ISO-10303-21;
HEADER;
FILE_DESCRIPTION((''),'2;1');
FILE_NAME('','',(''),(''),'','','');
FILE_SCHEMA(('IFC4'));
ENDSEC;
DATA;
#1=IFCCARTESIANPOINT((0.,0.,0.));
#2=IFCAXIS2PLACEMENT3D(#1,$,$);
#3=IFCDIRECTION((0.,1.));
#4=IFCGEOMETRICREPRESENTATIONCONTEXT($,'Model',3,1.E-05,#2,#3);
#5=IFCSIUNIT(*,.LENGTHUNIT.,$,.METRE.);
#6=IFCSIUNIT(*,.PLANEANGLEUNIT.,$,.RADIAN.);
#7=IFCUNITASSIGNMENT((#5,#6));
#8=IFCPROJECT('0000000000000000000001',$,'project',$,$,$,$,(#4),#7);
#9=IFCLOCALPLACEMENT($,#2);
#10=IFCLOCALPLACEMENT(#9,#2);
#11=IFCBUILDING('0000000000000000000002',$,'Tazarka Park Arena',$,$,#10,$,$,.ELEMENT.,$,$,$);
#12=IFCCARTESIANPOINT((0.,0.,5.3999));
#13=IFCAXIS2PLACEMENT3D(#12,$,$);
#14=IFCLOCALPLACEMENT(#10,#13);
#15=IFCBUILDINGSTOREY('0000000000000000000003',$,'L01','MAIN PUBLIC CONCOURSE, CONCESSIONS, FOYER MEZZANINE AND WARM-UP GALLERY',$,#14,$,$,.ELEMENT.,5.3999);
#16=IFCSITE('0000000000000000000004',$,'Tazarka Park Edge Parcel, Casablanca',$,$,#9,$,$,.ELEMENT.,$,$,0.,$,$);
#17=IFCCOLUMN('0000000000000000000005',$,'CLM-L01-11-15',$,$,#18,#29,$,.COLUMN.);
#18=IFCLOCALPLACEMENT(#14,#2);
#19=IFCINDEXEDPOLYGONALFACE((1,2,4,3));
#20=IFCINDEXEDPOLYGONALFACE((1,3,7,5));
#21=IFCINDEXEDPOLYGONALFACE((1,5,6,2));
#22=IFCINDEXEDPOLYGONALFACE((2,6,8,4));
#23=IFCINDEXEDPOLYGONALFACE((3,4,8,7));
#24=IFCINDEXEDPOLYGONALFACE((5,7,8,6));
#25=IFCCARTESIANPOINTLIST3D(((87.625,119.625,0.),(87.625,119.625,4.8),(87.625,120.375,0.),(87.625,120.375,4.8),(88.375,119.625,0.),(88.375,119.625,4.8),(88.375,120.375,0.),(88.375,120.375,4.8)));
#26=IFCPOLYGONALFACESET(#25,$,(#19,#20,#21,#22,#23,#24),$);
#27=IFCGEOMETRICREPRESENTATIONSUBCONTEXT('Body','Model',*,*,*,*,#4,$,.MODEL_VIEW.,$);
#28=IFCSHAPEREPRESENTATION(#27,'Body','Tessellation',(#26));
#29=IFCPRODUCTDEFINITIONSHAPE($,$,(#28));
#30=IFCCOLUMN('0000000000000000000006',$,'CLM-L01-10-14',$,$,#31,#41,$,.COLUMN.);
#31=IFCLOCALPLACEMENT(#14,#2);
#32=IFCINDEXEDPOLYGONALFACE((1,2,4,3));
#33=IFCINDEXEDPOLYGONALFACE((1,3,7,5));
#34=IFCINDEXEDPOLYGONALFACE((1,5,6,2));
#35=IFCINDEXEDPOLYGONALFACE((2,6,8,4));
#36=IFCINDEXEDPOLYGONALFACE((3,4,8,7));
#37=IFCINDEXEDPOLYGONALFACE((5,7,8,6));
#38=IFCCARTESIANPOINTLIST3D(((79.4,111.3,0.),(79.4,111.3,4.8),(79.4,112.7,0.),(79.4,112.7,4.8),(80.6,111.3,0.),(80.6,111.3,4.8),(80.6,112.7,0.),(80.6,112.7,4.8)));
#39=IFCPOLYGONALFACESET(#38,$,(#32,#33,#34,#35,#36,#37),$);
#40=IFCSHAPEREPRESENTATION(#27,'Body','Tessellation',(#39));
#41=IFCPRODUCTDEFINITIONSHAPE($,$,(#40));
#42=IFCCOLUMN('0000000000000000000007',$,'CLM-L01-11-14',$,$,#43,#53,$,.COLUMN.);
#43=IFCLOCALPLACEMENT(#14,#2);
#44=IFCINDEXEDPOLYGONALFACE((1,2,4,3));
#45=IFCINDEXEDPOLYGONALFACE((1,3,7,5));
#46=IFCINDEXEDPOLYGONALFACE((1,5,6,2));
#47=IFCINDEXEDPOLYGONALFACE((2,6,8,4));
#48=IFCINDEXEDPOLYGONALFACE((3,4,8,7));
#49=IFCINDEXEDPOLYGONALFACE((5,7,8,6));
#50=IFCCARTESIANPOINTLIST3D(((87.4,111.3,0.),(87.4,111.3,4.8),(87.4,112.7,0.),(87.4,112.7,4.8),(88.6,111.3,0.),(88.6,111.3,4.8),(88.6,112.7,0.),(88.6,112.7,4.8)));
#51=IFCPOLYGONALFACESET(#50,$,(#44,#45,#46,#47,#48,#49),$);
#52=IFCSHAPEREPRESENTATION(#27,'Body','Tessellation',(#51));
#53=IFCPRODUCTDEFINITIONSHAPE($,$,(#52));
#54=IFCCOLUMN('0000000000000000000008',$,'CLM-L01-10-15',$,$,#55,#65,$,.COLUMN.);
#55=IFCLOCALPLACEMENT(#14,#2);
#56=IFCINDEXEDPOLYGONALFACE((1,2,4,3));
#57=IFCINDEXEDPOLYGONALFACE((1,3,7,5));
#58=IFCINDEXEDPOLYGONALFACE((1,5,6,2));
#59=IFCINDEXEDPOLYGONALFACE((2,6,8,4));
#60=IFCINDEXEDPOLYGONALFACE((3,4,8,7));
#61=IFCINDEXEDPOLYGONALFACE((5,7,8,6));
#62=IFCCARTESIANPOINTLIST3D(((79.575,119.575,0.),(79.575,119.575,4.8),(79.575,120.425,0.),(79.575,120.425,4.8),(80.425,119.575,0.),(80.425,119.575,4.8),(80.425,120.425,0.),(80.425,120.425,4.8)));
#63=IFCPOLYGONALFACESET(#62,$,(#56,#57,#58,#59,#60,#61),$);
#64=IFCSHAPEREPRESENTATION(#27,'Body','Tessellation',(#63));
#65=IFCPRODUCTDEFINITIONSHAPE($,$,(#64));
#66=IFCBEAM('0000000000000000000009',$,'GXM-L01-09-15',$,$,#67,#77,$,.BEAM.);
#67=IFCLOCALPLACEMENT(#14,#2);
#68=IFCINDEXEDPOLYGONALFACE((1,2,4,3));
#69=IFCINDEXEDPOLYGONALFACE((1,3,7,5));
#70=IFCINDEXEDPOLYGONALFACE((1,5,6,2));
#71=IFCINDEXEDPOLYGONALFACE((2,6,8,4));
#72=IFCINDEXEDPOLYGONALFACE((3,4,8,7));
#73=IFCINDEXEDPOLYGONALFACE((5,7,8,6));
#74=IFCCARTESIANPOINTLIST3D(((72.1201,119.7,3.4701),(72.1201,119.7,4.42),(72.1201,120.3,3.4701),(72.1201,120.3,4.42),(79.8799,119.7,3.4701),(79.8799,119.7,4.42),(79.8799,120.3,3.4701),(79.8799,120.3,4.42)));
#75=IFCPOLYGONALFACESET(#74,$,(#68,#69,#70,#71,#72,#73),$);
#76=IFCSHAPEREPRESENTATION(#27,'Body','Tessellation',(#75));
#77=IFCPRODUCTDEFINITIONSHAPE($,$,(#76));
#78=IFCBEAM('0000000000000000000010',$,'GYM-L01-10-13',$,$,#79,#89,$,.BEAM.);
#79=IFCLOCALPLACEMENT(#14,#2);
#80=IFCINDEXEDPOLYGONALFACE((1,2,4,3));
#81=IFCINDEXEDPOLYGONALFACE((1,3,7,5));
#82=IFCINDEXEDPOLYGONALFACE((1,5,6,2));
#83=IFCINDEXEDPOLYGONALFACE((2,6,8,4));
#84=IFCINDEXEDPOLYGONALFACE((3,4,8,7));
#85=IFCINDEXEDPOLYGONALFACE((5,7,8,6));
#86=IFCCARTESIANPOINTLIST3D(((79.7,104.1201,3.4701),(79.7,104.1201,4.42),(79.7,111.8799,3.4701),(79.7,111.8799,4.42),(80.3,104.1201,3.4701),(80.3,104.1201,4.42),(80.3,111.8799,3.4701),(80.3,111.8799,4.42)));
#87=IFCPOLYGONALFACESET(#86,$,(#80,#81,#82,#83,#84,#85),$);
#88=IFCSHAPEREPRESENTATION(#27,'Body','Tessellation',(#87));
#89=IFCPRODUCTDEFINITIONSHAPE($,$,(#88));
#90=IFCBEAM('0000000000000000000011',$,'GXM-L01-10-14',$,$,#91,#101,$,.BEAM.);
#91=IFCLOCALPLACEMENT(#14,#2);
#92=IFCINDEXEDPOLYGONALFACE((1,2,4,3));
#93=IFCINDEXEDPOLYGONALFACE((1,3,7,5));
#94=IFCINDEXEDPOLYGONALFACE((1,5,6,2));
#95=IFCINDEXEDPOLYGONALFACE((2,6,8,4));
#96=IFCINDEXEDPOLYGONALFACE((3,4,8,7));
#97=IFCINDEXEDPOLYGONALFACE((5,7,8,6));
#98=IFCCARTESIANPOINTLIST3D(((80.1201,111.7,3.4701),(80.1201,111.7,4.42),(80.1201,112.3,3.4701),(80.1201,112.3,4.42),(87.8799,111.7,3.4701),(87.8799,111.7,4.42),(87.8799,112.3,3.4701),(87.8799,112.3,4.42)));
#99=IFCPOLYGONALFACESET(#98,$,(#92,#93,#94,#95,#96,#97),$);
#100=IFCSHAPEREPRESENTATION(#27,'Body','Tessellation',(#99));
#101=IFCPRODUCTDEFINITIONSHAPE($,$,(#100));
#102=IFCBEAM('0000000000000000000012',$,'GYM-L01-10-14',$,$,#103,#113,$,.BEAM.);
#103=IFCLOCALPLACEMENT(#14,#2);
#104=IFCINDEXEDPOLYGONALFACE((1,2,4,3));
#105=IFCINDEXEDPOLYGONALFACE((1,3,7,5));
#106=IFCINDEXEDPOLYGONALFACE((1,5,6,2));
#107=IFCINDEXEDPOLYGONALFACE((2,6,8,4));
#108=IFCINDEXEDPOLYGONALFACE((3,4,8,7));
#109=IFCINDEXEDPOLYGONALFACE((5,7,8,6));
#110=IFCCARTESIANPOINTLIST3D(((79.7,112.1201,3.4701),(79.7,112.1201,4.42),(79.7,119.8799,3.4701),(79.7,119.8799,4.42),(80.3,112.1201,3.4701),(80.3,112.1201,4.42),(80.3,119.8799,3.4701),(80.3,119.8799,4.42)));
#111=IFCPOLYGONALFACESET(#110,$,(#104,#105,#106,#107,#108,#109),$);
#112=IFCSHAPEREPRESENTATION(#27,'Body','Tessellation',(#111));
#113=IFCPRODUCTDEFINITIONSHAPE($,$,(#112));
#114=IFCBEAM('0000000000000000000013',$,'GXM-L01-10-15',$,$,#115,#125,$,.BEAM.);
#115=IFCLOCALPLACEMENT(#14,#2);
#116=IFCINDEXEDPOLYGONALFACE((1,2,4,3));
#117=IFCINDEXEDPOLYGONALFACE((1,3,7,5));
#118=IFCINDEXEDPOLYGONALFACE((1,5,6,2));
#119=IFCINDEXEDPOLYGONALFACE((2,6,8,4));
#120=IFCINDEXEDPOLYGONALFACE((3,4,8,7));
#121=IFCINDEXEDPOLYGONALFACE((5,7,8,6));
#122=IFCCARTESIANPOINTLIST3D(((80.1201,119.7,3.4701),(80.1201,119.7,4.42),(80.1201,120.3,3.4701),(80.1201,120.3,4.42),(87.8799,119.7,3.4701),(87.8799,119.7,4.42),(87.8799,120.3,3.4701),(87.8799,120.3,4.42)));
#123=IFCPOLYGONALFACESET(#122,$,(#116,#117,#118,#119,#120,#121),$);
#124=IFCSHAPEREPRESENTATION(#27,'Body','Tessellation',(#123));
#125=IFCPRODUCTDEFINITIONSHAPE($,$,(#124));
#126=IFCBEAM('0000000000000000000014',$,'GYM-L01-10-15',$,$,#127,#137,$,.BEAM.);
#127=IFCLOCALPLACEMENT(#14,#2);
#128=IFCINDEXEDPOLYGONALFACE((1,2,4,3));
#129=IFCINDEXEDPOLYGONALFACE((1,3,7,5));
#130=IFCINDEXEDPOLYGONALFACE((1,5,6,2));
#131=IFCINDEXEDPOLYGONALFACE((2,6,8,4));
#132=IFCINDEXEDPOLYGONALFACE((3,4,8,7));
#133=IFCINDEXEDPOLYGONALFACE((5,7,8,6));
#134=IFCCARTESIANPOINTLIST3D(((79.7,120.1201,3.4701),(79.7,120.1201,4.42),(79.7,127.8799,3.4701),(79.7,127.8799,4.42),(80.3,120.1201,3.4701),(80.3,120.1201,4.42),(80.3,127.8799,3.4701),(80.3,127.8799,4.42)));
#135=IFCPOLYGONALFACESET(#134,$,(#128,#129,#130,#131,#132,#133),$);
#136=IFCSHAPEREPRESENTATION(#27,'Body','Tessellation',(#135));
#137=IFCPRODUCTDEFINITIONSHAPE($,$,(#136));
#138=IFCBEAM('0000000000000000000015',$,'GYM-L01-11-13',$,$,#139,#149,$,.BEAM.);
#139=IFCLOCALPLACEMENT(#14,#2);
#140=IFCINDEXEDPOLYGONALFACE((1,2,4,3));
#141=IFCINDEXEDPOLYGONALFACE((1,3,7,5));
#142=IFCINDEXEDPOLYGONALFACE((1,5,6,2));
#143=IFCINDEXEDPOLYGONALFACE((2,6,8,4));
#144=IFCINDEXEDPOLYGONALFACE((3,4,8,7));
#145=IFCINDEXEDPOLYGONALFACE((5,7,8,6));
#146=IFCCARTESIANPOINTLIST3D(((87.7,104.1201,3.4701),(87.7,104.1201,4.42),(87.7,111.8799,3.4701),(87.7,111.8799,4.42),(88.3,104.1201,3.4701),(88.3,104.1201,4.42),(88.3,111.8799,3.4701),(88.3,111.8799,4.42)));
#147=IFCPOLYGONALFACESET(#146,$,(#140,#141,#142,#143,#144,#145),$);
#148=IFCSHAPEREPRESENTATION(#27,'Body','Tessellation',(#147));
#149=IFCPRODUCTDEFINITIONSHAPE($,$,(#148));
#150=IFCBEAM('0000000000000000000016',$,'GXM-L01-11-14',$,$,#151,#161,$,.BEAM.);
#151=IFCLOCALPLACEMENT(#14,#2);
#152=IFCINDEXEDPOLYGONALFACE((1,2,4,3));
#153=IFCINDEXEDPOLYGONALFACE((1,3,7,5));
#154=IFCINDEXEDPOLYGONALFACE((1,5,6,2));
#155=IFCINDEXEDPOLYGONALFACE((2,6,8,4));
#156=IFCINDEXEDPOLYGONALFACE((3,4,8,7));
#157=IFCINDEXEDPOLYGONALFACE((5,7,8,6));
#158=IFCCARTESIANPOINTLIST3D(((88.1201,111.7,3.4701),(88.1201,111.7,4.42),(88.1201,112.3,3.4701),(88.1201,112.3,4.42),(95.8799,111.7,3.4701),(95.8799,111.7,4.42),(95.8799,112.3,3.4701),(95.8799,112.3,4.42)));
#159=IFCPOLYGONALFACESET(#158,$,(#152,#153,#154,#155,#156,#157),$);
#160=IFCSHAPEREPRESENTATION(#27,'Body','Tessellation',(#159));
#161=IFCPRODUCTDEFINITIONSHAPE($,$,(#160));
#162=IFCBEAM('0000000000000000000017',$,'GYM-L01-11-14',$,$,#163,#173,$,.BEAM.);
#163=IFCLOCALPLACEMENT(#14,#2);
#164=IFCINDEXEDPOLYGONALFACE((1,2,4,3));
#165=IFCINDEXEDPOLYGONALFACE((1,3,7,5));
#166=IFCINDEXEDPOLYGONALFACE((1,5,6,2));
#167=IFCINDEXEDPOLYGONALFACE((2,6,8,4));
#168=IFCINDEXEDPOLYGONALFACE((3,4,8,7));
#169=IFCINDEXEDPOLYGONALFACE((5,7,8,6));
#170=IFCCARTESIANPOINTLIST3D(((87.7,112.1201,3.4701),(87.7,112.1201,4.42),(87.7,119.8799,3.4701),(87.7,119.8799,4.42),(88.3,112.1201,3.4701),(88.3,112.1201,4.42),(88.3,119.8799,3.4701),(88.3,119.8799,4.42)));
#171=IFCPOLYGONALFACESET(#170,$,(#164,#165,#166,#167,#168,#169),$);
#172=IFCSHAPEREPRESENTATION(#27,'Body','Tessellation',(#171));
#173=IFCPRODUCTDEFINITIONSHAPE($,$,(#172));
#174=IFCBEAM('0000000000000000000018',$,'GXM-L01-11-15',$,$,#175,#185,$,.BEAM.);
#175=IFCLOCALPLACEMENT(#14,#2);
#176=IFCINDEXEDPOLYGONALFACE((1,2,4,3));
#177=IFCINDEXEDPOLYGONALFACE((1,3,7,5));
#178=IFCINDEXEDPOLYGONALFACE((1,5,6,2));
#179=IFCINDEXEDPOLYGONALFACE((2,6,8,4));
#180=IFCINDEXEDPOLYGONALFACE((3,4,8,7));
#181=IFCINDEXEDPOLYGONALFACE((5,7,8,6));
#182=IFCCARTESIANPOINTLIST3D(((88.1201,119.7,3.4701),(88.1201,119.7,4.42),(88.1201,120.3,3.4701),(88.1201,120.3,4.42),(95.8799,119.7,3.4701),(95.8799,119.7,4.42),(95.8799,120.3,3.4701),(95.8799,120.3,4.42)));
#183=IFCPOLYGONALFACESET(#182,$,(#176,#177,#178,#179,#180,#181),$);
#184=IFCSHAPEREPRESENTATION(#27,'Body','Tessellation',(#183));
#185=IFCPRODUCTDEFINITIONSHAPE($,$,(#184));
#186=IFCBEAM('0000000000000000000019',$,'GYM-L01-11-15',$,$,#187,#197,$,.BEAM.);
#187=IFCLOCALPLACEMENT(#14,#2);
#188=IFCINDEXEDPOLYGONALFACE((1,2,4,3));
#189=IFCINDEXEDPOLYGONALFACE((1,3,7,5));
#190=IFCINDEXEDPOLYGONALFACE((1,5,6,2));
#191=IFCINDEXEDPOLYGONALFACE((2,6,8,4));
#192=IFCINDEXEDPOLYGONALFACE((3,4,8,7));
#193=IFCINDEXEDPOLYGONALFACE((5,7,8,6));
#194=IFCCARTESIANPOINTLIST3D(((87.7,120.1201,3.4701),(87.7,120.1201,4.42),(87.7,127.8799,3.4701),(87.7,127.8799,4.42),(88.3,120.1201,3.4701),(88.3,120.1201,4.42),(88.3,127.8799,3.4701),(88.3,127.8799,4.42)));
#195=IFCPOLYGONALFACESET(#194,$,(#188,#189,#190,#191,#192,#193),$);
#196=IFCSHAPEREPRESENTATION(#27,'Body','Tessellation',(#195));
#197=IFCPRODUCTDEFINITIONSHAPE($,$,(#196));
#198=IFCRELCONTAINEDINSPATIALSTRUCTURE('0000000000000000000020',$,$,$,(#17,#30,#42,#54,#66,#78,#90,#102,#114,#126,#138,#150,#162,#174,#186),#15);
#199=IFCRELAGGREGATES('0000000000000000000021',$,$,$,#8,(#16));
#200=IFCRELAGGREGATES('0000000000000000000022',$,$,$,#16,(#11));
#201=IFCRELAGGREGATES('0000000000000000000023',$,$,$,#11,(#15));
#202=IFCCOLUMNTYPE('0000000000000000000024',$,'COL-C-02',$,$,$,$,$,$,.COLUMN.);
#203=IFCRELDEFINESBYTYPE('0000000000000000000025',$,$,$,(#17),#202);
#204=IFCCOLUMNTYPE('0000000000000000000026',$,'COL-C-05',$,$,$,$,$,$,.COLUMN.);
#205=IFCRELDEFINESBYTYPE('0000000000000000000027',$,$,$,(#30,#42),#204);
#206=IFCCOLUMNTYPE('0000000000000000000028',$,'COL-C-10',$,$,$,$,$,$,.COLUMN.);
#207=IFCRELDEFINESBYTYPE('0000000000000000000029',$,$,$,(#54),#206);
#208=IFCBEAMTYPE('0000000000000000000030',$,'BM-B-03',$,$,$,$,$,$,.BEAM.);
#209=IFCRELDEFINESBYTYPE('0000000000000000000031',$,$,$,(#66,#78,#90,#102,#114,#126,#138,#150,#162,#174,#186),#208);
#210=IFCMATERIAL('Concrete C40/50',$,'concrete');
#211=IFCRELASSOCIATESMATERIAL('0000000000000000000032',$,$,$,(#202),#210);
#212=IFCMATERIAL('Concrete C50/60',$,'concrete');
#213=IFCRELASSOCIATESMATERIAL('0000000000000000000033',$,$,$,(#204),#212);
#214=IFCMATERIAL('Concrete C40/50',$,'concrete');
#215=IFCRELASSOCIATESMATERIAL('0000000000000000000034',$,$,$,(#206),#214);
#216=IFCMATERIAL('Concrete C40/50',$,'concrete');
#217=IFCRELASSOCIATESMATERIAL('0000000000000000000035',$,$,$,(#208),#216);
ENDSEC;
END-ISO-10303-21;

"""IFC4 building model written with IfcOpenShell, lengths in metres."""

from ifc_helpers import new_model, si_unit, direction, frame, origin, origin_2d, place, context, subcontext, project, spatial, rectangle, extrude, material, material_profile, profile_set, type_object, element, save


model = new_model("IFC4")

# Units and contexts
model_context = context("Model", 3, precision=1e-05, world=origin(), true_north=direction((0.0, 1.0)))
body_context = subcontext(model_context, "Body", "Model", "MODEL_VIEW")
ifc_project = project(units=[si_unit("LENGTHUNIT", "METRE"), si_unit("PLANEANGLEUNIT", "RADIAN")], contexts=[model_context])

# Site, building, storey
site_placement = place(None, origin())
site = spatial("IfcSite", under=ifc_project, at=site_placement, Name="Tazarka Park Edge Parcel, Casablanca", CompositionType="ELEMENT", RefElevation=0.0)
building_placement = place(site_placement, origin())
building = spatial("IfcBuilding", under=site, at=building_placement, Name="Tazarka Park Arena", CompositionType="ELEMENT")
storey_placement = place(building_placement, frame((0.0, 0.0, 5.3999)))
storey = spatial("IfcBuildingStorey", under=building, at=storey_placement, Name="L01", Description="MAIN PUBLIC CONCOURSE, CONCESSIONS, FOYER MEZZANINE AND WARM-UP GALLERY", CompositionType="ELEMENT", Elevation=5.3999)

# Columns
ifc_material_1 = material(Name="Concrete C40/50", Category="concrete")
ifc_material_profile_1 = material_profile(ifc_material_1, rectangle(XDim=0.75, YDim=0.75, at=origin_2d()), Name="Concrete C40/50")
ifc_profile_set_1 = profile_set([ifc_material_profile_1], Name="Concrete C40/50")
column_type_1 = type_object("IfcColumnType", Name="COL-C-02", PredefinedType="COLUMN", material=ifc_profile_set_1)
column_1_placement = place(storey_placement, frame((88.0, 120.0, 0.0), z_axis=(0.0, 0.0, 1.0), x_axis=(1.0, 0.0, 0.0)))
element("IfcColumn", 1, at=column_1_placement, inside=storey, type_object=column_type_1, Name="CLM-L01-11-15", PredefinedType="COLUMN", context=body_context, shape_type="SweptSolid", body=[
    extrude(rectangle(XDim=0.75, YDim=0.75, at=origin_2d()), origin(), (0.0, 0.0, 1.0), 4.8),
])
ifc_material_2 = material(Name="Concrete C50/60", Category="concrete")
ifc_material_profile_2 = material_profile(ifc_material_2, rectangle(XDim=1.2, YDim=1.3999, at=origin_2d()), Name="Concrete C50/60")
ifc_profile_set_2 = profile_set([ifc_material_profile_2], Name="Concrete C50/60")
column_type_2 = type_object("IfcColumnType", Name="COL-C-05", PredefinedType="COLUMN", material=ifc_profile_set_2)
for number, where, z_axis, x_axis, name in (
    (2, (80.0, 112.0, 0.0), (0.0, 0.0, 1.0), (1.0, 0.0, 0.0), "CLM-L01-10-14"),
    (3, (88.0, 112.0, 0.0), (0.0, 0.0, 1.0), (1.0, 0.0, 0.0), "CLM-L01-11-14"),
):
    element("IfcColumn", number, at=place(storey_placement, frame(where, z_axis=z_axis, x_axis=x_axis)), inside=storey, type_object=column_type_2, Name=name, PredefinedType="COLUMN", context=body_context, shape_type="SweptSolid", body=[
        extrude(rectangle(XDim=1.2, YDim=1.3999, at=origin_2d()), origin(), (0.0, 0.0, 1.0), 4.8),
    ])
ifc_material_3 = material(Name="Concrete C40/50", Category="concrete")
ifc_material_profile_3 = material_profile(ifc_material_3, rectangle(XDim=0.8501, YDim=0.8501, at=origin_2d()), Name="Concrete C40/50")
ifc_profile_set_3 = profile_set([ifc_material_profile_3], Name="Concrete C40/50")
column_type_3 = type_object("IfcColumnType", Name="COL-C-10", PredefinedType="COLUMN", material=ifc_profile_set_3)
column_2_placement = place(storey_placement, frame((80.0, 120.0, 0.0), z_axis=(0.0, 0.0, 1.0), x_axis=(1.0, 0.0, 0.0)))
element("IfcColumn", 4, at=column_2_placement, inside=storey, type_object=column_type_3, Name="CLM-L01-10-15", PredefinedType="COLUMN", context=body_context, shape_type="SweptSolid", body=[
    extrude(rectangle(XDim=0.8501, YDim=0.8501, at=origin_2d()), origin(), (0.0, 0.0, 1.0), 4.8),
])

# Beams
ifc_material_4 = material(Name="Concrete C40/50", Category="concrete")
ifc_material_profile_4 = material_profile(ifc_material_4, rectangle(XDim=0.6001, YDim=0.95, at=origin_2d()), Name="Concrete C40/50")
ifc_profile_set_4 = profile_set([ifc_material_profile_4], Name="Concrete C40/50")
beam_type_1 = type_object("IfcBeamType", Name="BM-B-03", PredefinedType="BEAM", material=ifc_profile_set_4)
for number, where, z_axis, x_axis, name in (
    (5, (72.1201, 120.0, 3.9451), (1.0, 0.0, 0.0), (0.0, 1.0, 0.0), "GXM-L01-09-15"),
    (6, (80.0, 104.1201, 3.9451), (0.0, 1.0, 0.0), (-1.0, 0.0, 0.0), "GYM-L01-10-13"),
    (7, (80.1201, 112.0, 3.9451), (1.0, 0.0, 0.0), (0.0, 1.0, 0.0), "GXM-L01-10-14"),
    (8, (80.0, 112.1201, 3.9451), (0.0, 1.0, 0.0), (-1.0, 0.0, 0.0), "GYM-L01-10-14"),
    (9, (80.1201, 120.0, 3.9451), (1.0, 0.0, 0.0), (0.0, 1.0, 0.0), "GXM-L01-10-15"),
    (10, (80.0, 120.1201, 3.9451), (0.0, 1.0, 0.0), (-1.0, 0.0, 0.0), "GYM-L01-10-15"),
    (11, (88.0, 104.1201, 3.9451), (0.0, 1.0, 0.0), (-1.0, 0.0, 0.0), "GYM-L01-11-13"),
    (12, (88.1201, 112.0, 3.9451), (1.0, 0.0, 0.0), (0.0, 1.0, 0.0), "GXM-L01-11-14"),
    (13, (88.0, 112.1201, 3.9451), (0.0, 1.0, 0.0), (-1.0, 0.0, 0.0), "GYM-L01-11-14"),
    (14, (88.1201, 120.0, 3.9451), (1.0, 0.0, 0.0), (0.0, 1.0, 0.0), "GXM-L01-11-15"),
    (15, (88.0, 120.1201, 3.9451), (0.0, 1.0, 0.0), (-1.0, 0.0, 0.0), "GYM-L01-11-15"),
):
    element("IfcBeam", number, at=place(storey_placement, frame(where, z_axis=z_axis, x_axis=x_axis)), inside=storey, type_object=beam_type_1, Name=name, PredefinedType="BEAM", context=body_context, shape_type="SweptSolid", body=[
        extrude(rectangle(XDim=0.6001, YDim=0.95, at=origin_2d()), origin(), (0.0, 0.0, 1.0), 7.7598),
    ])

save(model, "model.ifc")
